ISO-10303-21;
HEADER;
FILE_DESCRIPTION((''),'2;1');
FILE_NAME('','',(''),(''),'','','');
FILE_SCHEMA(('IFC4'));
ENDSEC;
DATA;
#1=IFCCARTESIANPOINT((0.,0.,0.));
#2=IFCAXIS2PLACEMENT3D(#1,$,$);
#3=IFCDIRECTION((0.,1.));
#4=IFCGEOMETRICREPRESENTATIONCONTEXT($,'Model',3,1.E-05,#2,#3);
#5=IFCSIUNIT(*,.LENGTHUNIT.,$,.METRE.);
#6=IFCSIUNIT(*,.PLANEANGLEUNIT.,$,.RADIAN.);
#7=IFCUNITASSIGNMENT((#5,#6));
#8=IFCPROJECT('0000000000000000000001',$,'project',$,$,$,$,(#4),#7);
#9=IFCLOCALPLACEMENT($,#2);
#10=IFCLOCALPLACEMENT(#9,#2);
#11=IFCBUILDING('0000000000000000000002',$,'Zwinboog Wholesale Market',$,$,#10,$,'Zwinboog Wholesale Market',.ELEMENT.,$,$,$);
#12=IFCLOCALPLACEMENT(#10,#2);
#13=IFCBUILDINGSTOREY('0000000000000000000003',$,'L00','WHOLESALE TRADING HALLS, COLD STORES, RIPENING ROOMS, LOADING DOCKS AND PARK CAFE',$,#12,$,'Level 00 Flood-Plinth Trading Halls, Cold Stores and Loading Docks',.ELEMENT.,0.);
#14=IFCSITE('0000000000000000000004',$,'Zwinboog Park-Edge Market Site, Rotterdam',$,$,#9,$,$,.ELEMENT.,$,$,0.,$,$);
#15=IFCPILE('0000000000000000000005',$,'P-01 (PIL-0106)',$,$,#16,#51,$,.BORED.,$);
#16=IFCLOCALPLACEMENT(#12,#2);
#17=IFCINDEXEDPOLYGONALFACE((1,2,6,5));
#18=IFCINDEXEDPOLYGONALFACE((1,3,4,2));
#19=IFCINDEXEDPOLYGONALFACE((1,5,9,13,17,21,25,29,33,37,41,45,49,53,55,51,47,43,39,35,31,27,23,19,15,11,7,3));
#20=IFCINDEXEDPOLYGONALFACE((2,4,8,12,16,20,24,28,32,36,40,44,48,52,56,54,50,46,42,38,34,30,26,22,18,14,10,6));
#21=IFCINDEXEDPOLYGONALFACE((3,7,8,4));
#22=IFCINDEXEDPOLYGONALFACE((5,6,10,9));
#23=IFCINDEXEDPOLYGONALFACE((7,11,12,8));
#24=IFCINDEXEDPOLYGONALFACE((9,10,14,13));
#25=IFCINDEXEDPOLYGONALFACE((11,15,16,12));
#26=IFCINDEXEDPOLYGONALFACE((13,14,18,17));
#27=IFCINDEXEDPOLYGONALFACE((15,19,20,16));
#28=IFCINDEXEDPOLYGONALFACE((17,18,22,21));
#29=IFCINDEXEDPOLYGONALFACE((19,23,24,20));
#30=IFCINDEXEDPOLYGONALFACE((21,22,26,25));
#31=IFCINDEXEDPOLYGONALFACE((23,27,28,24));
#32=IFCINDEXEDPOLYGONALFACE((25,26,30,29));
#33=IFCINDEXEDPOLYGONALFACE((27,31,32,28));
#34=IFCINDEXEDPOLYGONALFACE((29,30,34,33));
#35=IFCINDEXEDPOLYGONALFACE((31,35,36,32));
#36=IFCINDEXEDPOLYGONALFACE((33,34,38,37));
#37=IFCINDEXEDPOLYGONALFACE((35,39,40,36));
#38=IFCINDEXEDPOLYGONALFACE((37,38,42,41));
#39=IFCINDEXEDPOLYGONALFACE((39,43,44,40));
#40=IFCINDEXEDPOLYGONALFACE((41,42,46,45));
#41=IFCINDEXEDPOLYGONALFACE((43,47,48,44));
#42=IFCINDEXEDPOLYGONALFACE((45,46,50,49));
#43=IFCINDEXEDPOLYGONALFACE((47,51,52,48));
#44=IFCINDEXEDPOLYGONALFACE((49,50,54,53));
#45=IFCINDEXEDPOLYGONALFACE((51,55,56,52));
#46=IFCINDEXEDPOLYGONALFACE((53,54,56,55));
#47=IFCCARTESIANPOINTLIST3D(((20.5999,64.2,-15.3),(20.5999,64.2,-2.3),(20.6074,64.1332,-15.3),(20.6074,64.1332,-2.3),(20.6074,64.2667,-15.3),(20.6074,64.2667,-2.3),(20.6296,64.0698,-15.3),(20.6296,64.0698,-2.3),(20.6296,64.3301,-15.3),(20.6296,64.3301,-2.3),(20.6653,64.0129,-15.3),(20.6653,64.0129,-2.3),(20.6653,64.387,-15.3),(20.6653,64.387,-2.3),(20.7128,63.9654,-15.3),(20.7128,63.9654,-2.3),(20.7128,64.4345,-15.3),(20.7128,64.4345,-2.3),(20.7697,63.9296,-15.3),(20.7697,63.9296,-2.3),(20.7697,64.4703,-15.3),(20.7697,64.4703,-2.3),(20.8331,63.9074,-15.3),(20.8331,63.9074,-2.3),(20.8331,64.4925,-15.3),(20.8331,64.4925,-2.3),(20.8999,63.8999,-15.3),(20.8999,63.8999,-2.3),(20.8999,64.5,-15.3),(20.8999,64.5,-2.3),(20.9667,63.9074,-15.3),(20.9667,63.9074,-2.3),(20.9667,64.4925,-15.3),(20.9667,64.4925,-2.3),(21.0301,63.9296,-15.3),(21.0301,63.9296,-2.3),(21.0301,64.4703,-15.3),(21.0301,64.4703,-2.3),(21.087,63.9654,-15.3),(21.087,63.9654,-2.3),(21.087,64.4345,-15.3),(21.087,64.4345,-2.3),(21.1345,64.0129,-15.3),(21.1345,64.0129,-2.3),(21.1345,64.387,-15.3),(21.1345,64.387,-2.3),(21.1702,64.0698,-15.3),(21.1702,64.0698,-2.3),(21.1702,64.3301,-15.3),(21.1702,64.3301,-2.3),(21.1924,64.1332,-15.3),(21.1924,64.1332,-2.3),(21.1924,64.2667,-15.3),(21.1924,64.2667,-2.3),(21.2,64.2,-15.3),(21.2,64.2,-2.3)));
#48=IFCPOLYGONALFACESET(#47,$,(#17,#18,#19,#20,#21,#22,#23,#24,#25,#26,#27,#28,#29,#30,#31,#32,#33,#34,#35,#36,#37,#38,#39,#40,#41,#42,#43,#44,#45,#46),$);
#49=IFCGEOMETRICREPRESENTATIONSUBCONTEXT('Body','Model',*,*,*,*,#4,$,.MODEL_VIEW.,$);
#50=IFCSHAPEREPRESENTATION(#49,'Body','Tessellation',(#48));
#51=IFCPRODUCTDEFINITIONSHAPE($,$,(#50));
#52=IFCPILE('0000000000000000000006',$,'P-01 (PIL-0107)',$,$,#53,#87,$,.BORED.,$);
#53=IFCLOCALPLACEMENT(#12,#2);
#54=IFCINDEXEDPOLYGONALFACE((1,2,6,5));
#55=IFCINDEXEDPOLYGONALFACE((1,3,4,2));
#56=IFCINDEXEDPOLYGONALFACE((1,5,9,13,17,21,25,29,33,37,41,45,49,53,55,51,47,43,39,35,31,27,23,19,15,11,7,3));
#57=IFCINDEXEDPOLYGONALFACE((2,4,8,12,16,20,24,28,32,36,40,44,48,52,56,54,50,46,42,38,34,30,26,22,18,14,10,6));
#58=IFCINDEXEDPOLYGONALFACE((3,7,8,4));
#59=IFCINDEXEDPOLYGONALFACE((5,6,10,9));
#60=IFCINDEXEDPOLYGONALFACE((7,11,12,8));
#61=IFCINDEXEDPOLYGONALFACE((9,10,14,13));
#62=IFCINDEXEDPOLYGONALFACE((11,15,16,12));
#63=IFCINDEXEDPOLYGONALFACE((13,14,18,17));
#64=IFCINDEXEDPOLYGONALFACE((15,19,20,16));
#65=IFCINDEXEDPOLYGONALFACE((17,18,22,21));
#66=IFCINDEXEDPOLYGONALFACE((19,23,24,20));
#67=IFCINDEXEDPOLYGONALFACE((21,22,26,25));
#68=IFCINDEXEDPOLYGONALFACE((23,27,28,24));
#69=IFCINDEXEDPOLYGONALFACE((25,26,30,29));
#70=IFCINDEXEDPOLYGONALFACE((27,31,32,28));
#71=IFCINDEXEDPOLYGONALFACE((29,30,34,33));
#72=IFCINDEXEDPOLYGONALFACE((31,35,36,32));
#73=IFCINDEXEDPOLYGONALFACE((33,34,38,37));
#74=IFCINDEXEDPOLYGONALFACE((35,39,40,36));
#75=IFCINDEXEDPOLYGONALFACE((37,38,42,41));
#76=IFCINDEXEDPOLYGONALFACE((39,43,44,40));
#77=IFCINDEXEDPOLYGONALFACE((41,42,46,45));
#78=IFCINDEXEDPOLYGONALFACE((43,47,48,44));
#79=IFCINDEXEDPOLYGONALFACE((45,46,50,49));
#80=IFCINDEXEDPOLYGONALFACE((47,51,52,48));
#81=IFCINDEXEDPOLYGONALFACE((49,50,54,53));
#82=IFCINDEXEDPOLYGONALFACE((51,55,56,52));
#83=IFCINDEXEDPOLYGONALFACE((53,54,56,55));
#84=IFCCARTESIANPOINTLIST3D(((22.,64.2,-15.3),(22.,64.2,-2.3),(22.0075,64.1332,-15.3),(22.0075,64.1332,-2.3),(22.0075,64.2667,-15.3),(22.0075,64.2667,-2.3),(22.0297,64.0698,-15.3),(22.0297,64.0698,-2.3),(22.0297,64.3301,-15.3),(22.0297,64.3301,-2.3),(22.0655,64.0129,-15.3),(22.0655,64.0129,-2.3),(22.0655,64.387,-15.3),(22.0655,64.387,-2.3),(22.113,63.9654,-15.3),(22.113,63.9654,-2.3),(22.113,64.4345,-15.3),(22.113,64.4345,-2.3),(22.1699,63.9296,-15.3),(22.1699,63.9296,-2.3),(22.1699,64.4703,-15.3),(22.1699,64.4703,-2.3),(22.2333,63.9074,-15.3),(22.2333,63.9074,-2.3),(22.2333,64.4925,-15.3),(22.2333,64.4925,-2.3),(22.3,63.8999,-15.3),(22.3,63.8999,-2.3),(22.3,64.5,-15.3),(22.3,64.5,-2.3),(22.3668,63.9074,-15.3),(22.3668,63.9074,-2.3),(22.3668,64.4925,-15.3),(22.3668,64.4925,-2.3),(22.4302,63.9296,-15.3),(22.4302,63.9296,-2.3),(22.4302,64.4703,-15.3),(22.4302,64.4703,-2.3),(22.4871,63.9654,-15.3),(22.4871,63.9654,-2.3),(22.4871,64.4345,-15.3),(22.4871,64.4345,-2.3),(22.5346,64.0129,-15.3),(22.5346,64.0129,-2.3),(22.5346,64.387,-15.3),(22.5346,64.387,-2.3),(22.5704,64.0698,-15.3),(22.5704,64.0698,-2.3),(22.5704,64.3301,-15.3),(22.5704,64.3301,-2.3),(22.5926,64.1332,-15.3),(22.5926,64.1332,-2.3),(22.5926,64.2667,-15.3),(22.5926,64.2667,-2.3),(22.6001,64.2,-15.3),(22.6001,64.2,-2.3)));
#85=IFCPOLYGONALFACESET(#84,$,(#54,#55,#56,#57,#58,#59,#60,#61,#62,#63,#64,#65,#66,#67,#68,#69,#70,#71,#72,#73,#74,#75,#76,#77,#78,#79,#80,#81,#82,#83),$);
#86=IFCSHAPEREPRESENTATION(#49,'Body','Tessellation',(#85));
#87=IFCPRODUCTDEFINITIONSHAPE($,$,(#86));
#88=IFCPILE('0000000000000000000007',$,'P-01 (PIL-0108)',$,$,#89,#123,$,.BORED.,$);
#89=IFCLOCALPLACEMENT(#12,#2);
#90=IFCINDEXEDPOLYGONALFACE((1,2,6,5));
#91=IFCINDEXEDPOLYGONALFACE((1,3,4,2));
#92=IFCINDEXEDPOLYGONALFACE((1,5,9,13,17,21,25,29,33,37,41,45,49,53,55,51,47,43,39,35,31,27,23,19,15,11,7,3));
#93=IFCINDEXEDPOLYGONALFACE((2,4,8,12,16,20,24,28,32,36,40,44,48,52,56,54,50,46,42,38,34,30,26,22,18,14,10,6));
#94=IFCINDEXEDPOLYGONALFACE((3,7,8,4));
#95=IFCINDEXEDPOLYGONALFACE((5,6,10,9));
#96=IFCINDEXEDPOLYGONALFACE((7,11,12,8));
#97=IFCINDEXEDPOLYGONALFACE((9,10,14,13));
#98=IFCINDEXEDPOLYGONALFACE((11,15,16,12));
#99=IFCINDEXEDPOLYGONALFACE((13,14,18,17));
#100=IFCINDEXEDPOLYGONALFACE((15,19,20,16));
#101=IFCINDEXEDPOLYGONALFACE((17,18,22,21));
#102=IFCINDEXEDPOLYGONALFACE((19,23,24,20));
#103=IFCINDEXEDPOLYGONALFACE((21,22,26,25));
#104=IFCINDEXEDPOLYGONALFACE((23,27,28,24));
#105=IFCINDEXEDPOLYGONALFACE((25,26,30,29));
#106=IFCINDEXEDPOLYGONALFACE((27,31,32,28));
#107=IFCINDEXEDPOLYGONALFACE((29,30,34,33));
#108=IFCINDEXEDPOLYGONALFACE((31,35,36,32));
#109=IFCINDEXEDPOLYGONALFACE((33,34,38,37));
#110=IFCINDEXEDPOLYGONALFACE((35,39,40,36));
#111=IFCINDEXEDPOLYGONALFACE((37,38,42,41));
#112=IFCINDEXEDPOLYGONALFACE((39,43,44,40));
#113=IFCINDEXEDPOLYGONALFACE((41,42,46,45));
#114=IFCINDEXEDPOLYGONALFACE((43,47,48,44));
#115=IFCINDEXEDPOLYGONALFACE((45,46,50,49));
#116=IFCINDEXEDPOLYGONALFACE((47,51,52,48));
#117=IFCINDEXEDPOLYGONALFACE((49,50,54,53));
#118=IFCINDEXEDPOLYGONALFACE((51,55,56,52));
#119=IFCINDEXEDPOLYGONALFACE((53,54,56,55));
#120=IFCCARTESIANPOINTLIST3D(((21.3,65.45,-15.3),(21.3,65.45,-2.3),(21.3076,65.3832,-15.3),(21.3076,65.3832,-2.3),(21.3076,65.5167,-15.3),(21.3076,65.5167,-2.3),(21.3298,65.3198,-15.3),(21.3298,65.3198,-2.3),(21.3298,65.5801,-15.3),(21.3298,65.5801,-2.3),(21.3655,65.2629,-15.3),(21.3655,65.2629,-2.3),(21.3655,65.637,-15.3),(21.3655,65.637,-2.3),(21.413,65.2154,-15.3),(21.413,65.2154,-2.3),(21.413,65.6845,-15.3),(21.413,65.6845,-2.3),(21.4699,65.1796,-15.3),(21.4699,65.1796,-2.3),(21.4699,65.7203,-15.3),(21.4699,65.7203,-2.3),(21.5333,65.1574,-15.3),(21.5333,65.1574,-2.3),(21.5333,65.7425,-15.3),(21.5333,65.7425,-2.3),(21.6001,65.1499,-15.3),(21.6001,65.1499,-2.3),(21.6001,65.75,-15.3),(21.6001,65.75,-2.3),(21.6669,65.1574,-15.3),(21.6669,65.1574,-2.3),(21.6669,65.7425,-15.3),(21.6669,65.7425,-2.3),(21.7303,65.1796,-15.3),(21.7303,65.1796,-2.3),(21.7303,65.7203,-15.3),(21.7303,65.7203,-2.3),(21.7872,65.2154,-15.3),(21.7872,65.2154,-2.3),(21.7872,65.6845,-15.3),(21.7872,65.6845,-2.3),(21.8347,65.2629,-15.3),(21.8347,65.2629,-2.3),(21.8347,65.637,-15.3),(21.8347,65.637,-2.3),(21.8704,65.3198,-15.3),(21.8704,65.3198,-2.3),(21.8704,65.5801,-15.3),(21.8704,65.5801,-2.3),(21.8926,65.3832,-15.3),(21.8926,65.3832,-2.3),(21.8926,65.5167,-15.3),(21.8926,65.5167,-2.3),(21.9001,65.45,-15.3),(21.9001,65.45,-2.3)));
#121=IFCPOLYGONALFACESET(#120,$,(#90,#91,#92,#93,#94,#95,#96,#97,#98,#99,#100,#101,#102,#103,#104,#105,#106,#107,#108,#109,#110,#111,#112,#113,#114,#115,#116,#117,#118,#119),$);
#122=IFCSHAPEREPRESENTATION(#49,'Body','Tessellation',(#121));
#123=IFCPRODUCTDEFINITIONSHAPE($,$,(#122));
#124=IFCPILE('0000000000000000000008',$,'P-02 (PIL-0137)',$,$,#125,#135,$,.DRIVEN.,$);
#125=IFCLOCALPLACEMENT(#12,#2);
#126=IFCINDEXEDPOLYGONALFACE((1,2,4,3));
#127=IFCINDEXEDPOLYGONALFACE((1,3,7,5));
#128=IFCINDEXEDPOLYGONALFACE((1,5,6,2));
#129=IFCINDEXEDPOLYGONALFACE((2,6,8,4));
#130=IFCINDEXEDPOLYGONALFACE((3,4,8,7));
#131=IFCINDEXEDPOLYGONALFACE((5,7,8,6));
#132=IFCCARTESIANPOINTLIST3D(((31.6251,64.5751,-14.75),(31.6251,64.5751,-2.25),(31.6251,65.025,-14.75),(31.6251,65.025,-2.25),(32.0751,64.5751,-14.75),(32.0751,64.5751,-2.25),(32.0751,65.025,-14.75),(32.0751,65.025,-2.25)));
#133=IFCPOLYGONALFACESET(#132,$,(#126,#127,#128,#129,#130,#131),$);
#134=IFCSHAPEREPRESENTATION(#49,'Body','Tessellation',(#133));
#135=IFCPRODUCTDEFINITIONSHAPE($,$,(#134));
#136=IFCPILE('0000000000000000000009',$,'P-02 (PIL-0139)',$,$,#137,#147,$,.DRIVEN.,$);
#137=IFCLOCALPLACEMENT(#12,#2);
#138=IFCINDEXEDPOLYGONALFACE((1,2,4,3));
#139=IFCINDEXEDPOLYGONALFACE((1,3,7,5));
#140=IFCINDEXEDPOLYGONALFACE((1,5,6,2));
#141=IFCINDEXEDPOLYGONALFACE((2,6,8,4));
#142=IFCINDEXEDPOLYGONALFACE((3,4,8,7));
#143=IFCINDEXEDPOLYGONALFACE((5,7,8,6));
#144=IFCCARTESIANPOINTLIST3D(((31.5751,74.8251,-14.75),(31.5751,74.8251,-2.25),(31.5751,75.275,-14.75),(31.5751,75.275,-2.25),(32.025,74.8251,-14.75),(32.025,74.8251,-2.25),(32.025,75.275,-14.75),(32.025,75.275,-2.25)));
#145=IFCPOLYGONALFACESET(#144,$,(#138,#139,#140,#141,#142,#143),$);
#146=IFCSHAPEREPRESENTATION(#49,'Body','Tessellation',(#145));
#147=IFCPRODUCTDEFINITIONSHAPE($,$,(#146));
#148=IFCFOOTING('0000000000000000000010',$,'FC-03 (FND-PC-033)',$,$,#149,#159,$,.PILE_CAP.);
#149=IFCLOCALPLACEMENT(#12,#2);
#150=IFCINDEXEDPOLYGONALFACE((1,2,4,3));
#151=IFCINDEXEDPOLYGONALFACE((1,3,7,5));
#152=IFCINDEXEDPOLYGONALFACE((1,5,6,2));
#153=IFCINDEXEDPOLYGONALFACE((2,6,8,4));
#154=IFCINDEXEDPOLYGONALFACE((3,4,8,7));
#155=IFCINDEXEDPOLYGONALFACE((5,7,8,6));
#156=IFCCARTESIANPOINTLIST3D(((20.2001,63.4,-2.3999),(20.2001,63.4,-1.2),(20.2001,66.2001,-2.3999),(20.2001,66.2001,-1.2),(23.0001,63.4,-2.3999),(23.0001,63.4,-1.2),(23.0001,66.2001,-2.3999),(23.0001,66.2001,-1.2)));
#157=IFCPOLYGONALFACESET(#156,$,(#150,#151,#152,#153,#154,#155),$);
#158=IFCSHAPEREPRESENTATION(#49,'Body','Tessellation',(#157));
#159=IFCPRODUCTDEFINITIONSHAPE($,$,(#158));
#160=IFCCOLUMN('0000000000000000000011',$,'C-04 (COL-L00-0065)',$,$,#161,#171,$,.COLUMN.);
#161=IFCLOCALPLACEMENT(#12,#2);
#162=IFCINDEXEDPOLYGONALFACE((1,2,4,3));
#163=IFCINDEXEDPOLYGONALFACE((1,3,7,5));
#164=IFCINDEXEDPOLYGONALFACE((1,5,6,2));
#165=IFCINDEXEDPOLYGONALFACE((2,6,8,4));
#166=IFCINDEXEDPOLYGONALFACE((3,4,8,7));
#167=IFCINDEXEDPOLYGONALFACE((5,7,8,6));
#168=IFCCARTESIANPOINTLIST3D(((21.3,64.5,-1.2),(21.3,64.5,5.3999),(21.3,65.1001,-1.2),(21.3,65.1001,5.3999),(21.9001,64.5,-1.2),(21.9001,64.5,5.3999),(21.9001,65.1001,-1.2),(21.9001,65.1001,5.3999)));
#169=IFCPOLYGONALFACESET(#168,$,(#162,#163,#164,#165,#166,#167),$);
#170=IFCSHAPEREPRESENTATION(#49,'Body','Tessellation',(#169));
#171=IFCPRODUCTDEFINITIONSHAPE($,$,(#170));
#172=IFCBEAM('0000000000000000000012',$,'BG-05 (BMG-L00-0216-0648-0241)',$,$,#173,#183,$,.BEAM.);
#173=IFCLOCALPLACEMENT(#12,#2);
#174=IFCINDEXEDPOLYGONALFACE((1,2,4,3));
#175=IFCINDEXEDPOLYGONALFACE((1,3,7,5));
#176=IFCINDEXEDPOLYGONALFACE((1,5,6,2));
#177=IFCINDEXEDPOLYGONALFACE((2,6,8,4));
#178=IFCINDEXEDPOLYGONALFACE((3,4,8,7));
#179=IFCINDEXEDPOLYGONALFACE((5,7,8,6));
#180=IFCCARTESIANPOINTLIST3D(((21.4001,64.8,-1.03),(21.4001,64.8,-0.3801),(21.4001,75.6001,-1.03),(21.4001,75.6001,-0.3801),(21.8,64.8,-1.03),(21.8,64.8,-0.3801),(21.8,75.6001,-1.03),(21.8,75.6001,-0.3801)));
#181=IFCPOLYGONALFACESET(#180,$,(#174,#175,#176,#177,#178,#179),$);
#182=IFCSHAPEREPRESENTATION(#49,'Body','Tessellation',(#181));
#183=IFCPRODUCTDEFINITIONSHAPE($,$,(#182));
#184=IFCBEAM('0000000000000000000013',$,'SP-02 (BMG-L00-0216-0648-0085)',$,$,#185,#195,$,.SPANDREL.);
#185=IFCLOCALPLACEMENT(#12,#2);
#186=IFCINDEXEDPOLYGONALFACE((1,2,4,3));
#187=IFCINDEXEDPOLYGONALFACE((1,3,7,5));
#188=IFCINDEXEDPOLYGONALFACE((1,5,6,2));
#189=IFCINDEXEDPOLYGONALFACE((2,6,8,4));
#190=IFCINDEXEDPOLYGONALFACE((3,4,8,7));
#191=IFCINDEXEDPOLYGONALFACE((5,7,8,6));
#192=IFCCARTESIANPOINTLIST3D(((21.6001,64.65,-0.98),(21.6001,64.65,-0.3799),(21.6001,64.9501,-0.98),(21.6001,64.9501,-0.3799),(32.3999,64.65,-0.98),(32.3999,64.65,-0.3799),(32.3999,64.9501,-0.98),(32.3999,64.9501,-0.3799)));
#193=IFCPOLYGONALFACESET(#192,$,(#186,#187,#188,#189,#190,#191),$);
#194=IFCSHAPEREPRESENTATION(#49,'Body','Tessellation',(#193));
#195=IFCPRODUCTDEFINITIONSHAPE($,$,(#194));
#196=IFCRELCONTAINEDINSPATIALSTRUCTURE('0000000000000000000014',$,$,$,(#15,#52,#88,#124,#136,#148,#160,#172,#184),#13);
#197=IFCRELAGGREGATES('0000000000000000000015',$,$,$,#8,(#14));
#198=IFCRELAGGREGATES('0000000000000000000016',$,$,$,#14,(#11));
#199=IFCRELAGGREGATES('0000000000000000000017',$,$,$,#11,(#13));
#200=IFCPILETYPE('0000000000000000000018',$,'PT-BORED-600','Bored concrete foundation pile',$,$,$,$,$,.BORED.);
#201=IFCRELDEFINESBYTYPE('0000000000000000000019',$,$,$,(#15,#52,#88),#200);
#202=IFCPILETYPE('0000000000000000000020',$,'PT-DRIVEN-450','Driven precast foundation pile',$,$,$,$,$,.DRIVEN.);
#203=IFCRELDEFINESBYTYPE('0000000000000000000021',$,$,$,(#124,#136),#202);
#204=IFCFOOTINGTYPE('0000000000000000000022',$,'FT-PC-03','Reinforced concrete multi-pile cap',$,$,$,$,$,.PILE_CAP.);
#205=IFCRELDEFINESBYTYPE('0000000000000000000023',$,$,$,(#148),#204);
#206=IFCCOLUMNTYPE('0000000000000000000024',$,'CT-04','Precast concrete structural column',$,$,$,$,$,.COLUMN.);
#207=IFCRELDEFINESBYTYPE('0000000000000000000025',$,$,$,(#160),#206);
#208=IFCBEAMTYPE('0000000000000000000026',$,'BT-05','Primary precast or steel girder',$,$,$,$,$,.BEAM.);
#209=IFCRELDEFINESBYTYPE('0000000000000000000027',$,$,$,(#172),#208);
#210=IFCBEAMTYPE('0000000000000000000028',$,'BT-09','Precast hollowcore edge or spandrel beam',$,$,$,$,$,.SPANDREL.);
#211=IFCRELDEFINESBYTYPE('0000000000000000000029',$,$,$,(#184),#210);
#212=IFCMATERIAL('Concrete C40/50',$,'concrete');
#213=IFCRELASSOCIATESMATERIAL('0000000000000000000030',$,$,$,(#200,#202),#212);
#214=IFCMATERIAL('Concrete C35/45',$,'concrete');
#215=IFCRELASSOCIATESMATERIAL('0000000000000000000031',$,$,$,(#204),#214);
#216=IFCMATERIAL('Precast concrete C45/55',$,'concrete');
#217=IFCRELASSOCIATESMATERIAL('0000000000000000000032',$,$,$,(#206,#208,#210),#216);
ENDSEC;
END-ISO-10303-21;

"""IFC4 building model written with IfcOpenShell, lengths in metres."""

from ifc_helpers import new_model, si_unit, direction, frame, origin, origin_2d, place, context, subcontext, project, spatial, rectangle, circle, extrude, material, material_profile, profile_set, type_object, element, save


model = new_model("IFC4")

# Units and contexts
model_context = context("Model", 3, precision=1e-05, world=origin(), true_north=direction((0.0, 1.0)))
body_context = subcontext(model_context, "Body", "Model", "MODEL_VIEW")
ifc_project = project(units=[si_unit("LENGTHUNIT", "METRE"), si_unit("PLANEANGLEUNIT", "RADIAN")], contexts=[model_context])

# Site, building, storey
site_placement = place(None, origin())
site = spatial("IfcSite", under=ifc_project, at=site_placement, Name="Zwinboog Park-Edge Market Site, Rotterdam", CompositionType="ELEMENT", RefElevation=0.0)
building_placement = place(site_placement, origin())
building = spatial("IfcBuilding", under=site, at=building_placement, Name="Zwinboog Wholesale Market", LongName="Zwinboog Wholesale Market", CompositionType="ELEMENT")
storey_placement = place(building_placement, origin())
storey = spatial("IfcBuildingStorey", under=building, at=storey_placement, Name="L00", Description="WHOLESALE TRADING HALLS, COLD STORES, RIPENING ROOMS, LOADING DOCKS AND PARK CAFE", LongName="Level 00 Flood-Plinth Trading Halls, Cold Stores and Loading Docks", CompositionType="ELEMENT", Elevation=0.0)

# Piles
ifc_material_1 = material(Name="Concrete C40/50", Category="concrete")
ifc_material_profile_1 = material_profile(ifc_material_1, circle(Radius=0.3, at=origin_2d()), Name="PILE D600")
ifc_profile_set_1 = profile_set([ifc_material_profile_1], Name="Concrete C40/50")
pile_type_1 = type_object("IfcPileType", Name="PT-BORED-600", Description="Bored concrete foundation pile", PredefinedType="BORED", material=ifc_profile_set_1)
for number, where, z_axis, x_axis, name in (
    (1, (20.8999, 64.2, -2.3), (0.0, 0.0, -1.0), (1.0, 0.0, 0.0), "P-01 (PIL-0106)"),
    (2, (22.3, 64.2, -2.3), (0.0, 0.0, -1.0), (1.0, 0.0, 0.0), "P-01 (PIL-0107)"),
    (3, (21.6001, 65.45, -2.3), (0.0, 0.0, -1.0), (1.0, 0.0, 0.0), "P-01 (PIL-0108)"),
):
    element("IfcPile", number, at=place(storey_placement, frame(where, z_axis=z_axis, x_axis=x_axis)), inside=storey, type_object=pile_type_1, Name=name, PredefinedType="BORED", context=body_context, shape_type="SweptSolid", body=[
        extrude(circle(Radius=0.3, at=origin_2d()), origin(), (0.0, 0.0, 1.0), 13.0),
    ])
ifc_material_profile_2 = material_profile(ifc_material_1, rectangle(XDim=0.45, YDim=0.45, at=origin_2d()), Name="PILE SQ450")
ifc_profile_set_2 = profile_set([ifc_material_profile_2], Name="Concrete C40/50")
pile_type_2 = type_object("IfcPileType", Name="PT-DRIVEN-450", Description="Driven precast foundation pile", PredefinedType="DRIVEN", material=ifc_profile_set_2)
for number, where, z_axis, x_axis, name in (
    (4, (31.8501, 64.8, -2.25), (0.0, 0.0, -1.0), (1.0, 0.0, 0.0), "P-02 (PIL-0137)"),
    (5, (31.8, 75.05, -2.25), (0.0, 0.0, -1.0), (1.0, 0.0, 0.0), "P-02 (PIL-0139)"),
):
    element("IfcPile", number, at=place(storey_placement, frame(where, z_axis=z_axis, x_axis=x_axis)), inside=storey, type_object=pile_type_2, Name=name, PredefinedType="DRIVEN", context=body_context, shape_type="SweptSolid", body=[
        extrude(rectangle(XDim=0.45, YDim=0.45, at=origin_2d()), origin(), (0.0, 0.0, 1.0), 12.5),
    ])

# Footing
ifc_material_2 = material(Name="Concrete C35/45", Category="concrete")
footing_type = type_object("IfcFootingType", Name="FT-PC-03", Description="Reinforced concrete multi-pile cap", PredefinedType="PILE_CAP", material=ifc_material_2)
footing_placement = place(storey_placement, frame((21.6001, 64.8, -2.3999), z_axis=(0.0, 0.0, 1.0), x_axis=(1.0, 0.0, 0.0)))
element("IfcFooting", 6, at=footing_placement, inside=storey, type_object=footing_type, Name="FC-03 (FND-PC-033)", PredefinedType="PILE_CAP", context=body_context, shape_type="SweptSolid", body=[
    extrude(rectangle(XDim=2.8, YDim=2.8, at=origin_2d()), origin(), (0.0, 0.0, 1.0), 1.2),
])

# Column
ifc_material_3 = material(Name="Precast concrete C45/55", Category="concrete")
ifc_material_profile_3 = material_profile(ifc_material_3, rectangle(XDim=0.6001, YDim=0.6001, at=origin_2d()), Name="PC 600x600")
ifc_profile_set_3 = profile_set([ifc_material_profile_3], Name="Precast concrete C45/55")
column_type = type_object("IfcColumnType", Name="CT-04", Description="Precast concrete structural column", PredefinedType="COLUMN", material=ifc_profile_set_3)
column_placement = place(storey_placement, frame((21.6001, 64.8, -1.2), z_axis=(0.0, 0.0, 1.0), x_axis=(1.0, 0.0, 0.0)))
element("IfcColumn", 7, at=column_placement, inside=storey, type_object=column_type, Name="C-04 (COL-L00-0065)", PredefinedType="COLUMN", context=body_context, shape_type="SweptSolid", body=[
    extrude(rectangle(XDim=0.6001, YDim=0.6001, at=origin_2d()), origin(), (0.0, 0.0, 1.0), 6.5999),
])

# Beams
ifc_material_profile_4 = material_profile(ifc_material_3, rectangle(XDim=0.3999, YDim=0.6499, at=origin_2d()), Name="PC 400x650")
ifc_profile_set_4 = profile_set([ifc_material_profile_4], Name="Precast concrete C45/55")
beam_type_1 = type_object("IfcBeamType", Name="BT-05", Description="Primary precast or steel girder", PredefinedType="BEAM", material=ifc_profile_set_4)
beam_1_placement = place(storey_placement, frame((21.6001, 64.8, -0.7051), z_axis=(0.0, 1.0, 0.0), x_axis=(-1.0, 0.0, 0.0)))
element("IfcBeam", 8, at=beam_1_placement, inside=storey, type_object=beam_type_1, Name="BG-05 (BMG-L00-0216-0648-0241)", PredefinedType="BEAM", context=body_context, shape_type="SweptSolid", body=[
    extrude(rectangle(XDim=0.3999, YDim=0.6499, at=origin_2d()), origin(), (0.0, 0.0, 1.0), 10.8),
])
ifc_material_profile_5 = material_profile(ifc_material_3, rectangle(XDim=0.3, YDim=0.6001, at=origin_2d()), Name="PC 300x600")
ifc_profile_set_5 = profile_set([ifc_material_profile_5], Name="Precast concrete C45/55")
beam_type_2 = type_object("IfcBeamType", Name="BT-09", Description="Precast hollowcore edge or spandrel beam", PredefinedType="SPANDREL", material=ifc_profile_set_5)
beam_2_placement = place(storey_placement, frame((21.6001, 64.8, -0.6799), z_axis=(1.0, 0.0, 0.0), x_axis=(0.0, 1.0, 0.0)))
element("IfcBeam", 9, at=beam_2_placement, inside=storey, type_object=beam_type_2, Name="SP-02 (BMG-L00-0216-0648-0085)", PredefinedType="SPANDREL", context=body_context, shape_type="SweptSolid", body=[
    extrude(rectangle(XDim=0.3, YDim=0.6001, at=origin_2d()), origin(), (0.0, 0.0, 1.0), 10.7998),
])

save(model, "model.ifc")
